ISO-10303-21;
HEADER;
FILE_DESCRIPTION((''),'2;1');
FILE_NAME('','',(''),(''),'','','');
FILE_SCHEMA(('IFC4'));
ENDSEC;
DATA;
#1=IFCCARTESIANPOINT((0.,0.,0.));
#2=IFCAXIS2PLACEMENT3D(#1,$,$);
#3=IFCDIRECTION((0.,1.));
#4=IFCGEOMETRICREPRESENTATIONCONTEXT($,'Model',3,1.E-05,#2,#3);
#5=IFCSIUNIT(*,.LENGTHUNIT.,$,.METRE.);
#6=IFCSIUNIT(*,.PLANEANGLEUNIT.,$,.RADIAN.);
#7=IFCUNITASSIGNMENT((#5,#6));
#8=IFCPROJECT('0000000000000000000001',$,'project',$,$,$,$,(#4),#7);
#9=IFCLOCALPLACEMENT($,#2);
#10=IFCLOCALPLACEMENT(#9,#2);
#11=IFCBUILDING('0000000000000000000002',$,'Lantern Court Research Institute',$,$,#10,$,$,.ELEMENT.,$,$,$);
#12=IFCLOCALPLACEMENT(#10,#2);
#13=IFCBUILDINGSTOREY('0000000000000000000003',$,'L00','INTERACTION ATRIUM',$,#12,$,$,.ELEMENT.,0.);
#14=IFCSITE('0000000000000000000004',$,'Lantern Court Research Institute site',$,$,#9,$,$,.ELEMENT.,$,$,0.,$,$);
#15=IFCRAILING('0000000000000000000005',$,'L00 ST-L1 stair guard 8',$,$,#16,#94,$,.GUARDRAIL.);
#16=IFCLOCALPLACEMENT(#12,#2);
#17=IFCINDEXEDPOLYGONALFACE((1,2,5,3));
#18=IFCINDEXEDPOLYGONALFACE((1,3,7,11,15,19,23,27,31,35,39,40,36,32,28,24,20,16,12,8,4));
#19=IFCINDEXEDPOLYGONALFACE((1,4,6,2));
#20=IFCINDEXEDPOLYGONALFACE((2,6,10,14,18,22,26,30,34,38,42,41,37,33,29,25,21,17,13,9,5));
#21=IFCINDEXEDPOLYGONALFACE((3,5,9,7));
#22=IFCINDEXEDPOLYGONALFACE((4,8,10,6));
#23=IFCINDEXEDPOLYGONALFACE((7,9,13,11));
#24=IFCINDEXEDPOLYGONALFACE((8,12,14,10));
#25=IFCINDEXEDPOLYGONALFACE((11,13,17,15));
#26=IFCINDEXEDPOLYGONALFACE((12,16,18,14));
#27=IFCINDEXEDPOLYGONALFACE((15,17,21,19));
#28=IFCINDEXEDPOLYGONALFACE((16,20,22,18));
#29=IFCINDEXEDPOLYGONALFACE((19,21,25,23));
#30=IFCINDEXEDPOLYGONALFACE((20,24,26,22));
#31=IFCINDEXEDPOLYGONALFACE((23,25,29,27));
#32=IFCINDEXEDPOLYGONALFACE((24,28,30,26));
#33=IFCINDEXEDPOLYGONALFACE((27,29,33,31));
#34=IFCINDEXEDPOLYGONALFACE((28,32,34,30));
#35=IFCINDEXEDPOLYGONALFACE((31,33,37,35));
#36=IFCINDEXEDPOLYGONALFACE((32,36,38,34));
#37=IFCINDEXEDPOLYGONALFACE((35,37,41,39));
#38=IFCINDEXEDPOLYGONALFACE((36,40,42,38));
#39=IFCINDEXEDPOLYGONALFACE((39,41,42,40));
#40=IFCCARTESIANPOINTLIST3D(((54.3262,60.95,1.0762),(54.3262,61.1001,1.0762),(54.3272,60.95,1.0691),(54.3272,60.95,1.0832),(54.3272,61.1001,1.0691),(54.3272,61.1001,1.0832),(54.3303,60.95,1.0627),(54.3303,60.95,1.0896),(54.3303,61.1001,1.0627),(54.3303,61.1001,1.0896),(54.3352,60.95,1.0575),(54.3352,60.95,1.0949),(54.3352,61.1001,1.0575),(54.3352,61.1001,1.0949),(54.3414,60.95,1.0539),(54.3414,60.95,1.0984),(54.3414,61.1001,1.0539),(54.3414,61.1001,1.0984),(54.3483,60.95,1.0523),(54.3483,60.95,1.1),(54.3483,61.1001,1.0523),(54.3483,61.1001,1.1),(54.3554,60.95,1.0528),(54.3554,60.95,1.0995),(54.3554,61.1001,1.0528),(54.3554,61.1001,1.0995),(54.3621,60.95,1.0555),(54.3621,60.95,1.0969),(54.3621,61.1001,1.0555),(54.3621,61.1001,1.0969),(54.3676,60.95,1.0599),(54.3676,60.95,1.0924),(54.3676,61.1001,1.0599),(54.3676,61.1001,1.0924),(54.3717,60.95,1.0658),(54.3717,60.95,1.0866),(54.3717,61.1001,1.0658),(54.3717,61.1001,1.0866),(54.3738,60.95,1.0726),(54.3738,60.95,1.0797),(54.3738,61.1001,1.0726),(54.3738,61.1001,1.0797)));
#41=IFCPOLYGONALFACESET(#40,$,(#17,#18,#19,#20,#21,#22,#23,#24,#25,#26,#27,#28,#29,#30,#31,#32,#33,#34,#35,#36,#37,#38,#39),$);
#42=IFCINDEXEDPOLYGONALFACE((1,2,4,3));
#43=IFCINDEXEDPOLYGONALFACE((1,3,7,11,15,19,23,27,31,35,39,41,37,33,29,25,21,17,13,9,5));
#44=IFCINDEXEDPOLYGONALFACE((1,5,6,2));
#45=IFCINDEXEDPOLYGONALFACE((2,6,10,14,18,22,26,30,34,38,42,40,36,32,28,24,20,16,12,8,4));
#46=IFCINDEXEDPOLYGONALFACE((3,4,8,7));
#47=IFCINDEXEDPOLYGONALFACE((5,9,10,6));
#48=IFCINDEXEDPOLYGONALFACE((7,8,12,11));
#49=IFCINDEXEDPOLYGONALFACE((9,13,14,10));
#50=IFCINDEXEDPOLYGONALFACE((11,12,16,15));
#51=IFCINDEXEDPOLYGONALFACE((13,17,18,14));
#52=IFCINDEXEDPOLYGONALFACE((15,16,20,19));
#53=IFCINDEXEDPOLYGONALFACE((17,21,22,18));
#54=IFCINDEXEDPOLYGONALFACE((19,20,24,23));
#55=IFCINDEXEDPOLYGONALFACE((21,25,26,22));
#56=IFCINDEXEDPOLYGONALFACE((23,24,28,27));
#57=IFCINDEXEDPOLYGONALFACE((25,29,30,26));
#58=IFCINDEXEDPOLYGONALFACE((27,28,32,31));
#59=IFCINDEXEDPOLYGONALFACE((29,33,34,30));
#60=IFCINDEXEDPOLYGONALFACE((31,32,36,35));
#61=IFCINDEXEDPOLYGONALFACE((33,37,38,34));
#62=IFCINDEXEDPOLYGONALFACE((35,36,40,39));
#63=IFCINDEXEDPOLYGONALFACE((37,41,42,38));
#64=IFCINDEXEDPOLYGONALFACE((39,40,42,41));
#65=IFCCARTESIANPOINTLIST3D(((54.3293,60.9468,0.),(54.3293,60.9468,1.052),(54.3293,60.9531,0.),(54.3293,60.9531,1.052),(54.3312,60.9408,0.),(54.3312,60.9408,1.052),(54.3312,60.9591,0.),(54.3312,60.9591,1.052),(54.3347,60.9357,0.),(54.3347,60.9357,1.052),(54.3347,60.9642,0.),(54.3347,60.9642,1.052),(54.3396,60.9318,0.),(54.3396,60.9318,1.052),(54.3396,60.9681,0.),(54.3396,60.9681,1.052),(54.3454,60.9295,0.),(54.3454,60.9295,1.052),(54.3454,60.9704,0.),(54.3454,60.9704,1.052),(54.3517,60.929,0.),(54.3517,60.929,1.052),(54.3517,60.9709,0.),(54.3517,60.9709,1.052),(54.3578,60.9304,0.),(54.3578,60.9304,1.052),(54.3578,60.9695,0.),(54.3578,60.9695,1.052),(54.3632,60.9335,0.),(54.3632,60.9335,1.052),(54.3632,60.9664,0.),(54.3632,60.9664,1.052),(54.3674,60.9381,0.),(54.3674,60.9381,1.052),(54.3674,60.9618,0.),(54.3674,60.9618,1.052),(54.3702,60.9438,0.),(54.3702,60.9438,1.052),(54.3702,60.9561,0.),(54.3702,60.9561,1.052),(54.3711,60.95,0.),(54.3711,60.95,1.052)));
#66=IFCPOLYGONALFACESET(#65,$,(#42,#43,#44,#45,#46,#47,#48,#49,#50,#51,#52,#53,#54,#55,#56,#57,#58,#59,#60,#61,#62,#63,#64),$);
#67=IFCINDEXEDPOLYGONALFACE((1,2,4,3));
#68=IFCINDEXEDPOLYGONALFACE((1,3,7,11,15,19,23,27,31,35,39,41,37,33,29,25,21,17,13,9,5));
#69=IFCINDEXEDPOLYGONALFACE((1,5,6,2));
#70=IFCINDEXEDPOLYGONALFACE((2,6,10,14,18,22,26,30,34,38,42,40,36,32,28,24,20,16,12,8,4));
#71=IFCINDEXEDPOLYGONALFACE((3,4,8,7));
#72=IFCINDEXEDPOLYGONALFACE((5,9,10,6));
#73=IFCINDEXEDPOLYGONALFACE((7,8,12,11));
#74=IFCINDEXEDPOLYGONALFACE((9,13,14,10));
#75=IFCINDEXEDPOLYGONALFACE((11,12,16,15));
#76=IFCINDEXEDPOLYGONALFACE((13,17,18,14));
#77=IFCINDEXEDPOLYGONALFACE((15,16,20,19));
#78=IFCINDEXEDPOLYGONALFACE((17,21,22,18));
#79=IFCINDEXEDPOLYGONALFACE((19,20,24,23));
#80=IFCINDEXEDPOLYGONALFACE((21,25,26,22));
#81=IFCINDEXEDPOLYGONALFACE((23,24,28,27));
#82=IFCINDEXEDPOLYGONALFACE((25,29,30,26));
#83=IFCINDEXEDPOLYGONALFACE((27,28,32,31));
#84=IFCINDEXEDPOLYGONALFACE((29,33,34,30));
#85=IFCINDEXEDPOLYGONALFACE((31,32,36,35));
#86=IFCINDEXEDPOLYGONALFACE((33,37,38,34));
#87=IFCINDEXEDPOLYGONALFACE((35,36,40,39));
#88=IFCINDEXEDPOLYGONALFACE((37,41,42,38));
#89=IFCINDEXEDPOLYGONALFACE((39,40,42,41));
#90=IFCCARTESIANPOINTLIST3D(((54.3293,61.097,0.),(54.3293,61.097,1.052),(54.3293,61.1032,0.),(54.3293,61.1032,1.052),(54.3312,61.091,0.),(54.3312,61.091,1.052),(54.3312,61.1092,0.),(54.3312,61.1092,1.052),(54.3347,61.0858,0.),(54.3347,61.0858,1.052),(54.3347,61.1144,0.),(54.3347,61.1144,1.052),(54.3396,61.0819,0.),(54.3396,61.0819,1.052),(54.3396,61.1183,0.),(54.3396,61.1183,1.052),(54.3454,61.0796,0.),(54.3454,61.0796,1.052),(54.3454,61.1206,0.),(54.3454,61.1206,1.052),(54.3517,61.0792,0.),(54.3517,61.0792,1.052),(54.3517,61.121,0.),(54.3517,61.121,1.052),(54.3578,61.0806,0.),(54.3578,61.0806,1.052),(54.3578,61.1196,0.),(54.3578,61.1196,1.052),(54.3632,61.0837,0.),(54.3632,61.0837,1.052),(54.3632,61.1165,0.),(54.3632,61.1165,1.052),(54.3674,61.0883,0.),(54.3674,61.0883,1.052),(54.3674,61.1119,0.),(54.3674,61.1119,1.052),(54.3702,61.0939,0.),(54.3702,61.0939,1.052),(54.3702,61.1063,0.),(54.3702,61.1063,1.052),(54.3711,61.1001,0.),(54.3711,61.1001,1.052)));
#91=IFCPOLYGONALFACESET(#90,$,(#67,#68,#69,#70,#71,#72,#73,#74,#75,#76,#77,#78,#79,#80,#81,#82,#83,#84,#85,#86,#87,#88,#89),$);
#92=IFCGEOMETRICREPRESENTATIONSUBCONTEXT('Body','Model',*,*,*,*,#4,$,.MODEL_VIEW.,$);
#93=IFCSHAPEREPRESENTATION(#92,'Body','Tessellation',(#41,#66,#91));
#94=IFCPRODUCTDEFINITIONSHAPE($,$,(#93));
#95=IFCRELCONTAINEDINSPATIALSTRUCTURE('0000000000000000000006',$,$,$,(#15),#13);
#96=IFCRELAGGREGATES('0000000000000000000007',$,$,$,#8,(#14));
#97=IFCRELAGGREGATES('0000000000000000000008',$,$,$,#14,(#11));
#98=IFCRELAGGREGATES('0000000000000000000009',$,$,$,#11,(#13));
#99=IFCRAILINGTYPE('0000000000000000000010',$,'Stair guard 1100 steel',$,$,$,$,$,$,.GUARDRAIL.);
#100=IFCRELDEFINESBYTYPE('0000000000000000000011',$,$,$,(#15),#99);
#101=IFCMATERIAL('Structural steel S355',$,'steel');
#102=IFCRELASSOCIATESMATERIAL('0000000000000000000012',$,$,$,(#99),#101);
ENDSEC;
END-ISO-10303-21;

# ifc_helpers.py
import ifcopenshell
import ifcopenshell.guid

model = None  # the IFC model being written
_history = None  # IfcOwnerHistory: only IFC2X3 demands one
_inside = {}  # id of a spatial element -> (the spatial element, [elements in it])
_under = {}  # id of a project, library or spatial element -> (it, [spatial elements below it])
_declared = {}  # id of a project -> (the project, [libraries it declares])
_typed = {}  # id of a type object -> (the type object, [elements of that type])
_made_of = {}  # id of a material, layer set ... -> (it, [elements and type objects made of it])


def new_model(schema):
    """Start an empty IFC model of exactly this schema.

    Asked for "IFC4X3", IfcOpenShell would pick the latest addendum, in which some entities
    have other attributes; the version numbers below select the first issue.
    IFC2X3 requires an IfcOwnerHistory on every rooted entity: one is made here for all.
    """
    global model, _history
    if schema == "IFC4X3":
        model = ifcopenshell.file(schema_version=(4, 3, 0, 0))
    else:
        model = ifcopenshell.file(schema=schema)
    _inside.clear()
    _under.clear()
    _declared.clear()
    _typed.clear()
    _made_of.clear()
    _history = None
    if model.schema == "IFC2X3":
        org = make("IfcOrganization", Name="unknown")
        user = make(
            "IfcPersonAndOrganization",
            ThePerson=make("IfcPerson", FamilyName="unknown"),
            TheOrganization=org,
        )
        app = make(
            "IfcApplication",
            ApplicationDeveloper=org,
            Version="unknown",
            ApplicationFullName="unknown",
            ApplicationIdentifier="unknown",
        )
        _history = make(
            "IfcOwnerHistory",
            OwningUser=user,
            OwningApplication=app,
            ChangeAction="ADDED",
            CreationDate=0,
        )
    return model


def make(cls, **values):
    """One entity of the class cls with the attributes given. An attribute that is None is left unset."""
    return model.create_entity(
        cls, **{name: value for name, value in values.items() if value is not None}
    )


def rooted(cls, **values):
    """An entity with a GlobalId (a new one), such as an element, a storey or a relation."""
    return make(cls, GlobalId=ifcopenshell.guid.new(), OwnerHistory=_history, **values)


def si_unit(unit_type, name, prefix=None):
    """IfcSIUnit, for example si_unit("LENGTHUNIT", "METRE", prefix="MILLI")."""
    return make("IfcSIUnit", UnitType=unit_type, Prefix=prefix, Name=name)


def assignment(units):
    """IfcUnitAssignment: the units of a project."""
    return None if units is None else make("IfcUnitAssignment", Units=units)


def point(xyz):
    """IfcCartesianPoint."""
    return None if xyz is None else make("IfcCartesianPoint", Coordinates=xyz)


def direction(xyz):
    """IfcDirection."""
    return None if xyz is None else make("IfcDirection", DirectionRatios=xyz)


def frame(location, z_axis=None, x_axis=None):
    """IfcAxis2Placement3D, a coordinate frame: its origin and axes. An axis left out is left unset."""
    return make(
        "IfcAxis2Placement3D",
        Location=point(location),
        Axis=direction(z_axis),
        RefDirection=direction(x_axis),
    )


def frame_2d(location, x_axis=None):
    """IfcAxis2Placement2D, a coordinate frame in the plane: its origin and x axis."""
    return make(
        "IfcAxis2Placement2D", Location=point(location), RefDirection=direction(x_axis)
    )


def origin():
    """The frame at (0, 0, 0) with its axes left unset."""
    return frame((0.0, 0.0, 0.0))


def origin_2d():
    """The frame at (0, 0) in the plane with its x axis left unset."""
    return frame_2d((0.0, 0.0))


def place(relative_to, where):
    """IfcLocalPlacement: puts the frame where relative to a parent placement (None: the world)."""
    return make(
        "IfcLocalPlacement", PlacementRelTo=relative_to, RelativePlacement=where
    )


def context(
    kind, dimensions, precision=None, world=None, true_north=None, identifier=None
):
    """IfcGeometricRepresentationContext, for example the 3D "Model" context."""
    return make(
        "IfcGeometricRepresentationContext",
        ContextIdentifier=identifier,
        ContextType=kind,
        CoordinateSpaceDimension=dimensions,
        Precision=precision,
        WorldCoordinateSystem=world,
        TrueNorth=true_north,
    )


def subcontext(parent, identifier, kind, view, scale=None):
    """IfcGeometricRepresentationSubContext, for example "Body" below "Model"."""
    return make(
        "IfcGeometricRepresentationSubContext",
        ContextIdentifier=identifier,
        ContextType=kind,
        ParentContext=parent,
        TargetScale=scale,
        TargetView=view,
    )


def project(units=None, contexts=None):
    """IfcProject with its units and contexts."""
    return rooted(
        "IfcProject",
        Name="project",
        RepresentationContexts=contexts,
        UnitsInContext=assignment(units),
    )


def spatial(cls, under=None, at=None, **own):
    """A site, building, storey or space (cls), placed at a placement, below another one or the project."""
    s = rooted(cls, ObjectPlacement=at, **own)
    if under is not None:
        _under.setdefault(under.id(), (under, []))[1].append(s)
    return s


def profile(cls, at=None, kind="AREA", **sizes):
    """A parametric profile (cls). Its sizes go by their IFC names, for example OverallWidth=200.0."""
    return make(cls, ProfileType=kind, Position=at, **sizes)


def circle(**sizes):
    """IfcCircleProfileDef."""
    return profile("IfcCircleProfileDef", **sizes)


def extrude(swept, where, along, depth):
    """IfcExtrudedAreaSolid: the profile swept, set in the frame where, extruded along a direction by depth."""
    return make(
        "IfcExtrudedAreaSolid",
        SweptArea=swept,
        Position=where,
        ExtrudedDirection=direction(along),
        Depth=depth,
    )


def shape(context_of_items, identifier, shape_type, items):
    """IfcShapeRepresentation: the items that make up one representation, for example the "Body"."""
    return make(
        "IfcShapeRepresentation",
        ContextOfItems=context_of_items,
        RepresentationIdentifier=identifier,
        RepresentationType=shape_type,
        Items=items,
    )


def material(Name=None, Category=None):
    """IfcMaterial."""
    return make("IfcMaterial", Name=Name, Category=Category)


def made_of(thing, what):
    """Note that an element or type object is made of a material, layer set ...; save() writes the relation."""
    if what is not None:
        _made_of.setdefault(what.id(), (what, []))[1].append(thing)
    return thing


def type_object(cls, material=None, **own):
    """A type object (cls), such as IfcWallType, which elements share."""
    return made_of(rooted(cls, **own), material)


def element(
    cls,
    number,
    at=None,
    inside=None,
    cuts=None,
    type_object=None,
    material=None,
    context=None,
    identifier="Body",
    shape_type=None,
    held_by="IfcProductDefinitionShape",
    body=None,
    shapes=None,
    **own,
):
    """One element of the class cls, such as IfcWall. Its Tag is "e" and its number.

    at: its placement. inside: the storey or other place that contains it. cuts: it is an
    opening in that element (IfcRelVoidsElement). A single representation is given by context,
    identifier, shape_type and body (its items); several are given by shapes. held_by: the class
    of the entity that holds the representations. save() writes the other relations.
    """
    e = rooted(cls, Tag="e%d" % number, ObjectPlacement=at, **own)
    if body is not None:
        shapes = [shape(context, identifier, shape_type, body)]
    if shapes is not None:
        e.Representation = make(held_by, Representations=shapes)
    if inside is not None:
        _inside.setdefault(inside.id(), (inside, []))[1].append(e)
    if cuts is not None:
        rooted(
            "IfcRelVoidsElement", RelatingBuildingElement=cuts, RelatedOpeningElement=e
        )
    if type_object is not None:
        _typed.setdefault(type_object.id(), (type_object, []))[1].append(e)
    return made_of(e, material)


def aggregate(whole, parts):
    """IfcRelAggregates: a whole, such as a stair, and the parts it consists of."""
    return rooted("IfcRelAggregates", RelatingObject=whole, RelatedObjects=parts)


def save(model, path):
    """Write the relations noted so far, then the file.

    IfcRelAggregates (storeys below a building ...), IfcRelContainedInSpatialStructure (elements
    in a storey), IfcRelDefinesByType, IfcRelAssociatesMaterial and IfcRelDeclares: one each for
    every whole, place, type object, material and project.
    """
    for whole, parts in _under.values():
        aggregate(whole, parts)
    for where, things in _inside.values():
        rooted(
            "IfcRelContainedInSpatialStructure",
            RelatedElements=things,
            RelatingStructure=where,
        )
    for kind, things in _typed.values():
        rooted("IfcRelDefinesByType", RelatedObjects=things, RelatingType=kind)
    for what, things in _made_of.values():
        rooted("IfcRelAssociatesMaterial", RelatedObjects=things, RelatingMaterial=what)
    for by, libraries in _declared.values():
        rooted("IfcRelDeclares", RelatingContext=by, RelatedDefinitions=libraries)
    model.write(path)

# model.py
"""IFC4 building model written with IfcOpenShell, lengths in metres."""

from ifc_helpers import new_model, si_unit, direction, frame, origin, origin_2d, place, context, subcontext, project, spatial, circle, extrude, material, type_object, element, save


model = new_model("IFC4")

# Units and contexts
model_context = context("Model", 3, precision=1e-05, world=origin(), true_north=direction((0.0, 1.0)))
body_context = subcontext(model_context, "Body", "Model", "MODEL_VIEW")
ifc_project = project(units=[si_unit("LENGTHUNIT", "METRE"), si_unit("PLANEANGLEUNIT", "RADIAN")], contexts=[model_context])

# Site, building, storey
site_placement = place(None, origin())
site = spatial("IfcSite", under=ifc_project, at=site_placement, Name="Lantern Court Research Institute site", CompositionType="ELEMENT", RefElevation=0.0)
building_placement = place(site_placement, origin())
building = spatial("IfcBuilding", under=site, at=building_placement, Name="Lantern Court Research Institute", CompositionType="ELEMENT")
storey_placement = place(building_placement, origin())
storey = spatial("IfcBuildingStorey", under=building, at=storey_placement, Name="L00", Description="INTERACTION ATRIUM", CompositionType="ELEMENT", Elevation=0.0)

# Railing
ifc_material_1 = material(Name="Structural steel S355", Category="steel")
railing_type_1 = type_object("IfcRailingType", Name="Stair guard 1100 steel", PredefinedType="GUARDRAIL", material=ifc_material_1)
railing_1_placement = place(storey_placement, frame((54.3501, 60.95, 0.0)))
element("IfcRailing", 1, at=railing_1_placement, inside=storey, type_object=railing_type_1, Name="L00 ST-L1 stair guard 8", PredefinedType="GUARDRAIL", context=body_context, shape_type="SweptSolid", body=[
    extrude(circle(Radius=0.0239, at=origin_2d()), frame((0.0, 0.0, 1.0762), z_axis=(0.0, 1.0, 0.0), x_axis=(-1.0, 0.0, 0.0)), (0.0, 0.0, 1.0), 0.1501),
    extrude(circle(Radius=0.021, at=origin_2d()), origin(), (0.0, 0.0, 1.0), 1.052),
    extrude(circle(Radius=0.021, at=origin_2d()), frame((0.0, 0.1501, 0.0)), (0.0, 0.0, 1.0), 1.052),
])

save(model, "model.ifc")
